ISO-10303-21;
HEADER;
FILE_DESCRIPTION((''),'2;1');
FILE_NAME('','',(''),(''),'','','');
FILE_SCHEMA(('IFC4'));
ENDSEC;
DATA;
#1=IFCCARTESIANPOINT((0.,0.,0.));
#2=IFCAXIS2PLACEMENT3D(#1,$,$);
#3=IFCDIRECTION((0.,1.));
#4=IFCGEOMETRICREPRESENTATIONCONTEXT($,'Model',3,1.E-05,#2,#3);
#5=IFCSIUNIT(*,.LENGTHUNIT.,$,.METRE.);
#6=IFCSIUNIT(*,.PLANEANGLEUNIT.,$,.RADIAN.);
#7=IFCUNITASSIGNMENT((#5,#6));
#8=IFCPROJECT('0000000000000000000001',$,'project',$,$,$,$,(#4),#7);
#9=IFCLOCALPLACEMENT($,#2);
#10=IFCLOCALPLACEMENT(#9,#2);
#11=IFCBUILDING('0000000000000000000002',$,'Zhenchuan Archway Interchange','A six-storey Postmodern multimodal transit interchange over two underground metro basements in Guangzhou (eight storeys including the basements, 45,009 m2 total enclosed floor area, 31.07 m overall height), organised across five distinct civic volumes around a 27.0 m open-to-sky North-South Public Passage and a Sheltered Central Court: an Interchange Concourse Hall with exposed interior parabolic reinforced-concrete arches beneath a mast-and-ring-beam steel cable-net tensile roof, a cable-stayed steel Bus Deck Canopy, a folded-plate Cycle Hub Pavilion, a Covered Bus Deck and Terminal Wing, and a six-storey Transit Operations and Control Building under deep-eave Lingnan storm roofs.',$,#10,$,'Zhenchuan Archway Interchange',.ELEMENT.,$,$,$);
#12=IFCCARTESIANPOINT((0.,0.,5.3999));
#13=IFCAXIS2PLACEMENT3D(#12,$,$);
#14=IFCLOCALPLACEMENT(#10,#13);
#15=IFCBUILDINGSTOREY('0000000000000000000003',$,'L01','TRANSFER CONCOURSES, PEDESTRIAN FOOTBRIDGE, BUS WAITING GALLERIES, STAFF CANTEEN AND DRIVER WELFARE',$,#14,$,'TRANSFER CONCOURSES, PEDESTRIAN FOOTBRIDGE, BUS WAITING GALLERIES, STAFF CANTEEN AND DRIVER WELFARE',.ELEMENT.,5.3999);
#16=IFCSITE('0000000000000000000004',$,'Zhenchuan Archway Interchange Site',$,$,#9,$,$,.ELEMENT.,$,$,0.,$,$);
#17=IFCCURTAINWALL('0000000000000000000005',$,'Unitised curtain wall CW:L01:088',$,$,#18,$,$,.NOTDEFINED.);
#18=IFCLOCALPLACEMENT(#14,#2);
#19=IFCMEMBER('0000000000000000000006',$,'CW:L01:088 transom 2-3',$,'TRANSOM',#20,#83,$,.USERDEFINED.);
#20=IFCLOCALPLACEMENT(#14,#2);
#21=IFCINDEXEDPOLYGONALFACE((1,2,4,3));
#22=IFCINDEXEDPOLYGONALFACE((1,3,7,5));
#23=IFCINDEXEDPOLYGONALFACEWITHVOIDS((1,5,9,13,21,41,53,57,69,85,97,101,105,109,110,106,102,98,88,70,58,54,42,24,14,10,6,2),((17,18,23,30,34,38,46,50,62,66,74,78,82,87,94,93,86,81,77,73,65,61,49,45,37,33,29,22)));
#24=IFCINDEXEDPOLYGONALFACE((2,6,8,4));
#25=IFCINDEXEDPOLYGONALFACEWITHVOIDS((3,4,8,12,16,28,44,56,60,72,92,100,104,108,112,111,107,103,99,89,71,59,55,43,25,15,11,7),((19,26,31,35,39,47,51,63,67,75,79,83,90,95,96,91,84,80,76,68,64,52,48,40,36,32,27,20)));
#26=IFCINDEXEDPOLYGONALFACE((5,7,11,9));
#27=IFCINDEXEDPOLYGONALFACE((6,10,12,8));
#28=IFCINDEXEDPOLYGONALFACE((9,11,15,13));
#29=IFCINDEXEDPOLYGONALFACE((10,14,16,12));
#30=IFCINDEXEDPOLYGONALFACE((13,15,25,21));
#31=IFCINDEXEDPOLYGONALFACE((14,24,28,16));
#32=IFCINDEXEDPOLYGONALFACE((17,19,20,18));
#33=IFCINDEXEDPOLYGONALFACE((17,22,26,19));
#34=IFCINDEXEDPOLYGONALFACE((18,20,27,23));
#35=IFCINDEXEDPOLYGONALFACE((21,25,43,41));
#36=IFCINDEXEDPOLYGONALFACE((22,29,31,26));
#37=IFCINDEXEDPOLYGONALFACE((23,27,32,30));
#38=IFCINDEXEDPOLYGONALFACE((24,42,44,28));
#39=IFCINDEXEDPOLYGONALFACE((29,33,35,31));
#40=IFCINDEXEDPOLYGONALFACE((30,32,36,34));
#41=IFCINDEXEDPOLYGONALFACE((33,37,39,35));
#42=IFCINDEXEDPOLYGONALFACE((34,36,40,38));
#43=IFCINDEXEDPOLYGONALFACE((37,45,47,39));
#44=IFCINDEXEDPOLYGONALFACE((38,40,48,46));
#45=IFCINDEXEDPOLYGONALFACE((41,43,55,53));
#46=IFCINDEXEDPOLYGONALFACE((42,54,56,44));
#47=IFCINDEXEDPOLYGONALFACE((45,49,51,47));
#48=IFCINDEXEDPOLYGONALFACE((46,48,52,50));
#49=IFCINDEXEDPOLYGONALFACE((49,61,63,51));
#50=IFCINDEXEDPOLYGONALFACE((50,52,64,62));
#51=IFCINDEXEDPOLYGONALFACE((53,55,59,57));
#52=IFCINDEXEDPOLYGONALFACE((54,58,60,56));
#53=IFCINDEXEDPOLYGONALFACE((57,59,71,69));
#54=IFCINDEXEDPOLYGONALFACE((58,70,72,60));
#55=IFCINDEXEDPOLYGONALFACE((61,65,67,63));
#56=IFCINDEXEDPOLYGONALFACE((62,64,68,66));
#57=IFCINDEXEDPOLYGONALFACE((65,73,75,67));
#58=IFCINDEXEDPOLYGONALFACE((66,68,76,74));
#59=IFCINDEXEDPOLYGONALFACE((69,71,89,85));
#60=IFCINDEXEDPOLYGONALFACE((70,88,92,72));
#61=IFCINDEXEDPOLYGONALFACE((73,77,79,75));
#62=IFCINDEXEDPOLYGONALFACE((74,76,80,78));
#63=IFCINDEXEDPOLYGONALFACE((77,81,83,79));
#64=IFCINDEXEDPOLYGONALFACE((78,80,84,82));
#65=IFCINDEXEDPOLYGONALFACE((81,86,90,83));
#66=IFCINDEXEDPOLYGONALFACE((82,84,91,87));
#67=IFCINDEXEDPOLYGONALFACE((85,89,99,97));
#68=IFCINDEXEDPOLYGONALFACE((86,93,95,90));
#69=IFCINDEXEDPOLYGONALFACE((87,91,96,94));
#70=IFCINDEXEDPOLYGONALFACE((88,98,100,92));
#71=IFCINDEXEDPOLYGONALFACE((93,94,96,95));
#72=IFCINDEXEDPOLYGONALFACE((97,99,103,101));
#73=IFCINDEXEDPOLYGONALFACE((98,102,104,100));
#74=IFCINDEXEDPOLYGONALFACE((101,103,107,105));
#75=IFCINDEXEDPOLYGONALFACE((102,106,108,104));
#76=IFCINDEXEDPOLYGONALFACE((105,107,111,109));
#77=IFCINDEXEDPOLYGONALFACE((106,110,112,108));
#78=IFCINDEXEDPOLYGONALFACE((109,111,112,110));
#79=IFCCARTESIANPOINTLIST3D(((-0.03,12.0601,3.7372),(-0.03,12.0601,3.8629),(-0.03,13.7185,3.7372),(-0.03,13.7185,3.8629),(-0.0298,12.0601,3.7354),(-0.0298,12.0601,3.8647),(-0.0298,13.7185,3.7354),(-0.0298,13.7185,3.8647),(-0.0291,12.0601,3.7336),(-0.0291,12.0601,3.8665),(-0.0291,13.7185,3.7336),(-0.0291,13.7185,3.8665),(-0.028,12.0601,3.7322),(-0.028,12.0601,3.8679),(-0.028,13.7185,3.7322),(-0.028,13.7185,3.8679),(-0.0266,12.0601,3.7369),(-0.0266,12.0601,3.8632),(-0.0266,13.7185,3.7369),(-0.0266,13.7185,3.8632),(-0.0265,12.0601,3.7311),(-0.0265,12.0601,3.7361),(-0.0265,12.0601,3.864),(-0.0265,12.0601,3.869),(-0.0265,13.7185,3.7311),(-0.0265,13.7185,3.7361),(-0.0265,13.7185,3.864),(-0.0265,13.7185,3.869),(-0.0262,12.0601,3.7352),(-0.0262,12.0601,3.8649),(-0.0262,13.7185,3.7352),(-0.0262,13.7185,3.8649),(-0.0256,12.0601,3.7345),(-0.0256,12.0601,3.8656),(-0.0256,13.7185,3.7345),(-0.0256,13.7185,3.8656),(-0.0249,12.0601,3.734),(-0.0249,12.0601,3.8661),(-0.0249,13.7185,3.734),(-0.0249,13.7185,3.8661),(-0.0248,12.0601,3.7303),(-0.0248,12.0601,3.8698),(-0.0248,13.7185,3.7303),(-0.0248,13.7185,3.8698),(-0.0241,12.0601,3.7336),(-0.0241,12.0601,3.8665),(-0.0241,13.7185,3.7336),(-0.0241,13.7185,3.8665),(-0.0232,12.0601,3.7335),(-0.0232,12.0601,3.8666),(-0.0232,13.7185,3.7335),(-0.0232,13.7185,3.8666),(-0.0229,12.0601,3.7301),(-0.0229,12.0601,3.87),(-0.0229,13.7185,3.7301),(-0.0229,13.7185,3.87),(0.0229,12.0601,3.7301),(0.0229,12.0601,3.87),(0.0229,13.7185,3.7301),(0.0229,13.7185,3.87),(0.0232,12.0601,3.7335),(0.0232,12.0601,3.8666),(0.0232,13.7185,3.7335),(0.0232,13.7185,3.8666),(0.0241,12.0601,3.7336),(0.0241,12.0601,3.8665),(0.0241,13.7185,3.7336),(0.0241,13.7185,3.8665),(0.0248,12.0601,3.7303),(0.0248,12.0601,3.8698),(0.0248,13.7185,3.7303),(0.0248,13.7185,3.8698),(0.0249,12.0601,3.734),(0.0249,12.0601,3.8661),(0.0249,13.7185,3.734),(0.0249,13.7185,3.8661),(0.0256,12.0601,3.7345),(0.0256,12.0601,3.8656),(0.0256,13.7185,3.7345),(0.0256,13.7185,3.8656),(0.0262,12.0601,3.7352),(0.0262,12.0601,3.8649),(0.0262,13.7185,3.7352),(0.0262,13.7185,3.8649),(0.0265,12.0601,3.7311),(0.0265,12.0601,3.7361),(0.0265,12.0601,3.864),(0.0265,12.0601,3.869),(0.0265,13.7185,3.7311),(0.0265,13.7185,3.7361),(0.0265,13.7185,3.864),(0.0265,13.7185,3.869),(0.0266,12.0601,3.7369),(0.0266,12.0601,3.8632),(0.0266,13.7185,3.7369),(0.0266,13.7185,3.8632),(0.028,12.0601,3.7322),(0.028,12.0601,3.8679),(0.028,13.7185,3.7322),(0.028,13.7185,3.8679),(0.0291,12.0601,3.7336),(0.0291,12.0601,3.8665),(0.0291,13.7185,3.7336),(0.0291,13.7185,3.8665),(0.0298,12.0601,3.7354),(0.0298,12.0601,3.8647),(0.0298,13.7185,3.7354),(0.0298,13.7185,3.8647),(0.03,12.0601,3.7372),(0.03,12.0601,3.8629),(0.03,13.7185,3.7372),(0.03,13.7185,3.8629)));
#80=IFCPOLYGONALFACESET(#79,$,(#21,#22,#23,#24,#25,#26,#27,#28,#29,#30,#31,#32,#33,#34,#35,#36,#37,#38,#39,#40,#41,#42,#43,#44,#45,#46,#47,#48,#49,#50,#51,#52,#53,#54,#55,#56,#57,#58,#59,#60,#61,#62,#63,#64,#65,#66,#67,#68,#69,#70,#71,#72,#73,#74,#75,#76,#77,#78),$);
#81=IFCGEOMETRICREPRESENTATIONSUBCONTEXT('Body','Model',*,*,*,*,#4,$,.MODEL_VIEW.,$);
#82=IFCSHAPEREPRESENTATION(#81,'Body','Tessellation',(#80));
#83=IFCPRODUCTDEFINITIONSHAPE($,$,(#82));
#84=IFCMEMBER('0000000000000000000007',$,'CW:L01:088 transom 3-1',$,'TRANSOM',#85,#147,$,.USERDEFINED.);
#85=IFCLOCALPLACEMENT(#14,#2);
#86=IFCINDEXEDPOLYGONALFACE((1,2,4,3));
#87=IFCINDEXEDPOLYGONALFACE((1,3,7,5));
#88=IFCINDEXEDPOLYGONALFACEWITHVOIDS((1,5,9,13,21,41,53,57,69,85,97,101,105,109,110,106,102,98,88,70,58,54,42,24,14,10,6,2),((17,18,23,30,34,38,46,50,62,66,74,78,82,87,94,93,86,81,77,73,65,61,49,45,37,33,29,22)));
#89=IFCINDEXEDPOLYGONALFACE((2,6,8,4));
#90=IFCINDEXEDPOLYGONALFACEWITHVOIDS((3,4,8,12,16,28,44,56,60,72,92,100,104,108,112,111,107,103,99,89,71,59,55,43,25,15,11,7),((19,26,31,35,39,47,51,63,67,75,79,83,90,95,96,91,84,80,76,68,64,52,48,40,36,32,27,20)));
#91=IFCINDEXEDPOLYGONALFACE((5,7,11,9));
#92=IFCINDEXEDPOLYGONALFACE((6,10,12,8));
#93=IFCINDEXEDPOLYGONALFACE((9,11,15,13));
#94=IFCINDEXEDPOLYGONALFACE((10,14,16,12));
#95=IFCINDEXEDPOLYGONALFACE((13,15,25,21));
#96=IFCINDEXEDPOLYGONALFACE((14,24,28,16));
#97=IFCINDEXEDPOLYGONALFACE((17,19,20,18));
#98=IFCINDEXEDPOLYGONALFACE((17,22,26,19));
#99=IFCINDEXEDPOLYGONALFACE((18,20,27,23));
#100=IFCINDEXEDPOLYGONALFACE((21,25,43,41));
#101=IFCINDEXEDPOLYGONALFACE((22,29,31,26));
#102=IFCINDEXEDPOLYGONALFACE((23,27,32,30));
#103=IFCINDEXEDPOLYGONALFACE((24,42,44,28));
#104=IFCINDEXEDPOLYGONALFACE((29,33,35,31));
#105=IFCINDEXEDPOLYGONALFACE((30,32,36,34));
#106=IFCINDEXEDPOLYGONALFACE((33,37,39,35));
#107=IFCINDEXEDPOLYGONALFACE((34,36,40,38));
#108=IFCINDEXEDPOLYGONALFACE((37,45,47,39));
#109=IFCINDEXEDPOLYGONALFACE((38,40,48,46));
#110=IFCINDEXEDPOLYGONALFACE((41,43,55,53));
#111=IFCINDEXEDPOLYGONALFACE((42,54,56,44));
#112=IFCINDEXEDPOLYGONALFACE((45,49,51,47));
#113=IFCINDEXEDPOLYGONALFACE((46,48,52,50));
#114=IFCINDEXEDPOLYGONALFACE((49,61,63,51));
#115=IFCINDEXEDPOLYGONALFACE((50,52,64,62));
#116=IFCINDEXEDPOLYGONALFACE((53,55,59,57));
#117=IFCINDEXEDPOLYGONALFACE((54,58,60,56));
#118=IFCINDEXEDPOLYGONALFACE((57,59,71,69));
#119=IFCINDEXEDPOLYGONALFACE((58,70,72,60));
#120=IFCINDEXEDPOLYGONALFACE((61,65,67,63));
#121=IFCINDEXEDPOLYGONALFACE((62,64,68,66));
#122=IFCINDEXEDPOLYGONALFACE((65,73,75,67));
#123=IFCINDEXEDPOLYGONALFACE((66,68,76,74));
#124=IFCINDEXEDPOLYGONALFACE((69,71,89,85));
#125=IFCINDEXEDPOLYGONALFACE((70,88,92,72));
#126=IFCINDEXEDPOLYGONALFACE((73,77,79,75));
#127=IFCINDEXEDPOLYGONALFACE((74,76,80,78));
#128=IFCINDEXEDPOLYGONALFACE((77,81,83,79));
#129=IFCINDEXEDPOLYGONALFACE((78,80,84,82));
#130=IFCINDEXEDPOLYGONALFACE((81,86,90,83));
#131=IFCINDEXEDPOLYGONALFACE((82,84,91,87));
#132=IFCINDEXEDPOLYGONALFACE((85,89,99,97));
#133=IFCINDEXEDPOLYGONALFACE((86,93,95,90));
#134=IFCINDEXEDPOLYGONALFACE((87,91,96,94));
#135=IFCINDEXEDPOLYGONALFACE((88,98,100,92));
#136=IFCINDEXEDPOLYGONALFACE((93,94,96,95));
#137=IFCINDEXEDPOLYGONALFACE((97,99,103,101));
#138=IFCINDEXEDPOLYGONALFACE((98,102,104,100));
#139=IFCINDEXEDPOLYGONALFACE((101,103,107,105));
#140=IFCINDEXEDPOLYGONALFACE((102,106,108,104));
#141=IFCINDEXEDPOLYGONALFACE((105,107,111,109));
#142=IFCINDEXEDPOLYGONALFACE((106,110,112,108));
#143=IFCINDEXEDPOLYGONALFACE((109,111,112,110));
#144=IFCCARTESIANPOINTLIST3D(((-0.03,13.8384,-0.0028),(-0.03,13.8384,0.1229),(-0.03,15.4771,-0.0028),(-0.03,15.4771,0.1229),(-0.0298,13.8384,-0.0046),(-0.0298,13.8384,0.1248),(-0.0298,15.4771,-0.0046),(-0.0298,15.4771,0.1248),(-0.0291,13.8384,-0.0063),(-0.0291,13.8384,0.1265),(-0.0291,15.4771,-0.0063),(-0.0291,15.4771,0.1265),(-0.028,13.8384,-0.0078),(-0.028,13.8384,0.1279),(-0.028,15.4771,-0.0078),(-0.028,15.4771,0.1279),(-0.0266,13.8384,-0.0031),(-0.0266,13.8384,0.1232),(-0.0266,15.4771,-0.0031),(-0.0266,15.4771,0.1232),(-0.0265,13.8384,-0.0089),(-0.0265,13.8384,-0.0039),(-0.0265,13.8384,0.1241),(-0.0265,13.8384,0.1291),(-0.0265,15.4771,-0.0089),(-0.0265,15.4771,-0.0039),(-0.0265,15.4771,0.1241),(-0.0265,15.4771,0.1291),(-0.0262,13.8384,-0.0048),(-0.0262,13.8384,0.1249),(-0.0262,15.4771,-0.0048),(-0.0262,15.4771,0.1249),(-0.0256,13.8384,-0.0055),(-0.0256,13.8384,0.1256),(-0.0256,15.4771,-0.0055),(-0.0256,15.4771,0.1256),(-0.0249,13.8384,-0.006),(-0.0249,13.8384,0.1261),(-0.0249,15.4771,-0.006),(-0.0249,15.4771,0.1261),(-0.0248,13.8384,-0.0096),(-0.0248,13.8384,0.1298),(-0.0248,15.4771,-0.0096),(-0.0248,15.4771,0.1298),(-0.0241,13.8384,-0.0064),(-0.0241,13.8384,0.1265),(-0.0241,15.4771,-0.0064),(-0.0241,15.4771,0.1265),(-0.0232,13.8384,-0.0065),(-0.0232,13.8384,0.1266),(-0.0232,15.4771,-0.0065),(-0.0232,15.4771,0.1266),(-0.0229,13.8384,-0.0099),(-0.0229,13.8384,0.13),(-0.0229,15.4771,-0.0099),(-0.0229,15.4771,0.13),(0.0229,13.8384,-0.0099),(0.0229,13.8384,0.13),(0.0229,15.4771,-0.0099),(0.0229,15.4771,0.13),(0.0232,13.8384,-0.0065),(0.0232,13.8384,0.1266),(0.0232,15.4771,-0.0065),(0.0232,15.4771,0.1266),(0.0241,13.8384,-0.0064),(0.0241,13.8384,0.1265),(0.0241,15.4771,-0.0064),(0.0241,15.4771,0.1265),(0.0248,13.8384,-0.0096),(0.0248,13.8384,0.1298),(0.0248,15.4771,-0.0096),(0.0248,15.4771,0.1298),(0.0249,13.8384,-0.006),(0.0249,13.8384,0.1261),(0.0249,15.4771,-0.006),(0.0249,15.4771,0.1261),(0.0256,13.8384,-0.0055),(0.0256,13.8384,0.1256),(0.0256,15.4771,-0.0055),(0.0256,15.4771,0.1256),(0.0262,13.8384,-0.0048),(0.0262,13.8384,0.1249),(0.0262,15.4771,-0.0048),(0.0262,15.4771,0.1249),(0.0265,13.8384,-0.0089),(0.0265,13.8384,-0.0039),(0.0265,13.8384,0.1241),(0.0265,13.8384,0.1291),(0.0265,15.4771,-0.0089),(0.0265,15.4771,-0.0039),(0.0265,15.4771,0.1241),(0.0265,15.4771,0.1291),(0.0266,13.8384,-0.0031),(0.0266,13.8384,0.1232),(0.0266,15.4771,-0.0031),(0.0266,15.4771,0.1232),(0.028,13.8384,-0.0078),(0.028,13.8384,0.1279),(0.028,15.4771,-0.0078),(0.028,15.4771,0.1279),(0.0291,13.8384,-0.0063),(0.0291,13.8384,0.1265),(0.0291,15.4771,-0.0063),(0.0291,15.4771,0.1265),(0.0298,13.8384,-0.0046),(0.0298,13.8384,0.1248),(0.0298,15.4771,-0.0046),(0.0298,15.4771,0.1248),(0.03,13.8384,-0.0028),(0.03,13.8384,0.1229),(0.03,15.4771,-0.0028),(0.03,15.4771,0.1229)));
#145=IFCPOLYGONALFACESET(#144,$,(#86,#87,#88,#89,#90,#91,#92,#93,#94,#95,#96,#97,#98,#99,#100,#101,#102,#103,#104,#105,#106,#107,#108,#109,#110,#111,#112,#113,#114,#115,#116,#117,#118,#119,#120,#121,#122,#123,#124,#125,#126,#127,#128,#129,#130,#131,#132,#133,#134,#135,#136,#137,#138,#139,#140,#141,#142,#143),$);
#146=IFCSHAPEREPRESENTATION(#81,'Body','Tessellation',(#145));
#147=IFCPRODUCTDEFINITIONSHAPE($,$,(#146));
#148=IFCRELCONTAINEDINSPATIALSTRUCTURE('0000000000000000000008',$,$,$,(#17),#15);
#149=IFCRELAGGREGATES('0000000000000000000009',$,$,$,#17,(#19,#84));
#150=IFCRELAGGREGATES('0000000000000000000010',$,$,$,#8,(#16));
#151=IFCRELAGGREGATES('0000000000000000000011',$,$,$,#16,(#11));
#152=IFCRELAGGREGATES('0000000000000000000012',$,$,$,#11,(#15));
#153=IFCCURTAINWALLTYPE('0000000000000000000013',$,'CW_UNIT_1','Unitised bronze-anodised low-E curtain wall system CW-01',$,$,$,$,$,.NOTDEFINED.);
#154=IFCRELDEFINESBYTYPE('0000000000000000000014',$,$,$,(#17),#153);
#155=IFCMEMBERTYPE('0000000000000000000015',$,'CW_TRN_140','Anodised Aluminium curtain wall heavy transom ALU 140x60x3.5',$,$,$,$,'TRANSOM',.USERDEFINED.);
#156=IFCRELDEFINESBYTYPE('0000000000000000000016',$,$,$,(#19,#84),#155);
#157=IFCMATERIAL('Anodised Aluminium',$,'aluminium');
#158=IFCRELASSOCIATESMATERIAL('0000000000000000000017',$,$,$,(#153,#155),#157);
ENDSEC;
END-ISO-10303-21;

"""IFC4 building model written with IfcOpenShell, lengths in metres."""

from ifc_helpers import new_model, si_unit, direction, frame, origin, origin_2d, place, context, subcontext, project, spatial, hollow_rectangle, extrude, material, material_profile, profile_set, type_object, element, aggregate, save


model = new_model("IFC4")

# Units and contexts
model_context = context("Model", 3, precision=1e-05, world=origin(), true_north=direction((0.0, 1.0)))
body_context = subcontext(model_context, "Body", "Model", "MODEL_VIEW")
ifc_project = project(units=[si_unit("LENGTHUNIT", "METRE"), si_unit("PLANEANGLEUNIT", "RADIAN")], contexts=[model_context])

# Site, building, storey
site_placement = place(None, origin())
site = spatial("IfcSite", under=ifc_project, at=site_placement, Name="Zhenchuan Archway Interchange Site", CompositionType="ELEMENT", RefElevation=0.0)
building_placement = place(site_placement, origin())
building = spatial("IfcBuilding", under=site, at=building_placement, Name="Zhenchuan Archway Interchange", Description="A six-storey Postmodern multimodal transit interchange over two underground metro basements in Guangzhou (eight storeys including the basements, 45,009 m2 total enclosed floor area, 31.07 m overall height), organised across five distinct civic volumes around a 27.0 m open-to-sky North-South Public Passage and a Sheltered Central Court: an Interchange Concourse Hall with exposed interior parabolic reinforced-concrete arches beneath a mast-and-ring-beam steel cable-net tensile roof, a cable-stayed steel Bus Deck Canopy, a folded-plate Cycle Hub Pavilion, a Covered Bus Deck and Terminal Wing, and a six-storey Transit Operations and Control Building under deep-eave Lingnan storm roofs.", LongName="Zhenchuan Archway Interchange", CompositionType="ELEMENT")
storey_placement = place(building_placement, frame((0.0, 0.0, 5.3999)))
storey = spatial("IfcBuildingStorey", under=building, at=storey_placement, Name="L01", Description="TRANSFER CONCOURSES, PEDESTRIAN FOOTBRIDGE, BUS WAITING GALLERIES, STAFF CANTEEN AND DRIVER WELFARE", LongName="TRANSFER CONCOURSES, PEDESTRIAN FOOTBRIDGE, BUS WAITING GALLERIES, STAFF CANTEEN AND DRIVER WELFARE", CompositionType="ELEMENT", Elevation=5.3999)

# Curtain wall
ifc_material_1 = material(Name="Anodised Aluminium", Category="aluminium")
curtain_wall_type_1 = type_object("IfcCurtainWallType", Name="CW_UNIT_1", Description="Unitised bronze-anodised low-E curtain wall system CW-01", PredefinedType="NOTDEFINED", material=ifc_material_1)
curtain_wall_1_placement = place(storey_placement, origin())
curtain_wall_1 = element("IfcCurtainWall", 1, at=curtain_wall_1_placement, inside=storey, type_object=curtain_wall_type_1, Name="Unitised curtain wall CW:L01:088", PredefinedType="NOTDEFINED")

# Members
ifc_material_profile_1 = material_profile(ifc_material_1, hollow_rectangle(XDim=0.0601, YDim=0.1399, WallThickness=0.0034, InnerFilletRadius=0.0034, OuterFilletRadius=0.0071, at=origin_2d()), Name="ALU 140x60x3.5")
ifc_profile_set_1 = profile_set([ifc_material_profile_1], Name="Anodised Aluminium")
member_type_1 = type_object("IfcMemberType", Name="CW_TRN_140", Description="Anodised Aluminium curtain wall heavy transom ALU 140x60x3.5", ElementType="TRANSOM", PredefinedType="USERDEFINED", material=ifc_profile_set_1)
member_1_placement = place(storey_placement, frame((0.0, 12.0601, 3.8), z_axis=(0.0, 1.0, 0.0), x_axis=(-1.0, 0.0, 0.0)))
member_1 = element("IfcMember", 2, at=member_1_placement, type_object=member_type_1, Name="CW:L01:088 transom 2-3", ObjectType="TRANSOM", PredefinedType="USERDEFINED", context=body_context, shape_type="SweptSolid", body=[
    extrude(hollow_rectangle(XDim=0.0601, YDim=0.1399, WallThickness=0.0034, InnerFilletRadius=0.0034, OuterFilletRadius=0.0071, at=origin_2d()), origin(), (0.0, 0.0, 1.0), 1.6584),
])
member_2_placement = place(storey_placement, frame((0.0, 13.8384, 0.0601), z_axis=(0.0, 1.0, 0.0), x_axis=(-1.0, 0.0, 0.0)))
member_2 = element("IfcMember", 3, at=member_2_placement, type_object=member_type_1, Name="CW:L01:088 transom 3-1", ObjectType="TRANSOM", PredefinedType="USERDEFINED", context=body_context, shape_type="SweptSolid", body=[
    extrude(hollow_rectangle(XDim=0.0601, YDim=0.1399, WallThickness=0.0034, InnerFilletRadius=0.0034, OuterFilletRadius=0.0071, at=origin_2d()), origin(), (0.0, 0.0, 1.0), 1.6387),
])

aggregate(curtain_wall_1, [member_1, member_2])

save(model, "model.ifc")
